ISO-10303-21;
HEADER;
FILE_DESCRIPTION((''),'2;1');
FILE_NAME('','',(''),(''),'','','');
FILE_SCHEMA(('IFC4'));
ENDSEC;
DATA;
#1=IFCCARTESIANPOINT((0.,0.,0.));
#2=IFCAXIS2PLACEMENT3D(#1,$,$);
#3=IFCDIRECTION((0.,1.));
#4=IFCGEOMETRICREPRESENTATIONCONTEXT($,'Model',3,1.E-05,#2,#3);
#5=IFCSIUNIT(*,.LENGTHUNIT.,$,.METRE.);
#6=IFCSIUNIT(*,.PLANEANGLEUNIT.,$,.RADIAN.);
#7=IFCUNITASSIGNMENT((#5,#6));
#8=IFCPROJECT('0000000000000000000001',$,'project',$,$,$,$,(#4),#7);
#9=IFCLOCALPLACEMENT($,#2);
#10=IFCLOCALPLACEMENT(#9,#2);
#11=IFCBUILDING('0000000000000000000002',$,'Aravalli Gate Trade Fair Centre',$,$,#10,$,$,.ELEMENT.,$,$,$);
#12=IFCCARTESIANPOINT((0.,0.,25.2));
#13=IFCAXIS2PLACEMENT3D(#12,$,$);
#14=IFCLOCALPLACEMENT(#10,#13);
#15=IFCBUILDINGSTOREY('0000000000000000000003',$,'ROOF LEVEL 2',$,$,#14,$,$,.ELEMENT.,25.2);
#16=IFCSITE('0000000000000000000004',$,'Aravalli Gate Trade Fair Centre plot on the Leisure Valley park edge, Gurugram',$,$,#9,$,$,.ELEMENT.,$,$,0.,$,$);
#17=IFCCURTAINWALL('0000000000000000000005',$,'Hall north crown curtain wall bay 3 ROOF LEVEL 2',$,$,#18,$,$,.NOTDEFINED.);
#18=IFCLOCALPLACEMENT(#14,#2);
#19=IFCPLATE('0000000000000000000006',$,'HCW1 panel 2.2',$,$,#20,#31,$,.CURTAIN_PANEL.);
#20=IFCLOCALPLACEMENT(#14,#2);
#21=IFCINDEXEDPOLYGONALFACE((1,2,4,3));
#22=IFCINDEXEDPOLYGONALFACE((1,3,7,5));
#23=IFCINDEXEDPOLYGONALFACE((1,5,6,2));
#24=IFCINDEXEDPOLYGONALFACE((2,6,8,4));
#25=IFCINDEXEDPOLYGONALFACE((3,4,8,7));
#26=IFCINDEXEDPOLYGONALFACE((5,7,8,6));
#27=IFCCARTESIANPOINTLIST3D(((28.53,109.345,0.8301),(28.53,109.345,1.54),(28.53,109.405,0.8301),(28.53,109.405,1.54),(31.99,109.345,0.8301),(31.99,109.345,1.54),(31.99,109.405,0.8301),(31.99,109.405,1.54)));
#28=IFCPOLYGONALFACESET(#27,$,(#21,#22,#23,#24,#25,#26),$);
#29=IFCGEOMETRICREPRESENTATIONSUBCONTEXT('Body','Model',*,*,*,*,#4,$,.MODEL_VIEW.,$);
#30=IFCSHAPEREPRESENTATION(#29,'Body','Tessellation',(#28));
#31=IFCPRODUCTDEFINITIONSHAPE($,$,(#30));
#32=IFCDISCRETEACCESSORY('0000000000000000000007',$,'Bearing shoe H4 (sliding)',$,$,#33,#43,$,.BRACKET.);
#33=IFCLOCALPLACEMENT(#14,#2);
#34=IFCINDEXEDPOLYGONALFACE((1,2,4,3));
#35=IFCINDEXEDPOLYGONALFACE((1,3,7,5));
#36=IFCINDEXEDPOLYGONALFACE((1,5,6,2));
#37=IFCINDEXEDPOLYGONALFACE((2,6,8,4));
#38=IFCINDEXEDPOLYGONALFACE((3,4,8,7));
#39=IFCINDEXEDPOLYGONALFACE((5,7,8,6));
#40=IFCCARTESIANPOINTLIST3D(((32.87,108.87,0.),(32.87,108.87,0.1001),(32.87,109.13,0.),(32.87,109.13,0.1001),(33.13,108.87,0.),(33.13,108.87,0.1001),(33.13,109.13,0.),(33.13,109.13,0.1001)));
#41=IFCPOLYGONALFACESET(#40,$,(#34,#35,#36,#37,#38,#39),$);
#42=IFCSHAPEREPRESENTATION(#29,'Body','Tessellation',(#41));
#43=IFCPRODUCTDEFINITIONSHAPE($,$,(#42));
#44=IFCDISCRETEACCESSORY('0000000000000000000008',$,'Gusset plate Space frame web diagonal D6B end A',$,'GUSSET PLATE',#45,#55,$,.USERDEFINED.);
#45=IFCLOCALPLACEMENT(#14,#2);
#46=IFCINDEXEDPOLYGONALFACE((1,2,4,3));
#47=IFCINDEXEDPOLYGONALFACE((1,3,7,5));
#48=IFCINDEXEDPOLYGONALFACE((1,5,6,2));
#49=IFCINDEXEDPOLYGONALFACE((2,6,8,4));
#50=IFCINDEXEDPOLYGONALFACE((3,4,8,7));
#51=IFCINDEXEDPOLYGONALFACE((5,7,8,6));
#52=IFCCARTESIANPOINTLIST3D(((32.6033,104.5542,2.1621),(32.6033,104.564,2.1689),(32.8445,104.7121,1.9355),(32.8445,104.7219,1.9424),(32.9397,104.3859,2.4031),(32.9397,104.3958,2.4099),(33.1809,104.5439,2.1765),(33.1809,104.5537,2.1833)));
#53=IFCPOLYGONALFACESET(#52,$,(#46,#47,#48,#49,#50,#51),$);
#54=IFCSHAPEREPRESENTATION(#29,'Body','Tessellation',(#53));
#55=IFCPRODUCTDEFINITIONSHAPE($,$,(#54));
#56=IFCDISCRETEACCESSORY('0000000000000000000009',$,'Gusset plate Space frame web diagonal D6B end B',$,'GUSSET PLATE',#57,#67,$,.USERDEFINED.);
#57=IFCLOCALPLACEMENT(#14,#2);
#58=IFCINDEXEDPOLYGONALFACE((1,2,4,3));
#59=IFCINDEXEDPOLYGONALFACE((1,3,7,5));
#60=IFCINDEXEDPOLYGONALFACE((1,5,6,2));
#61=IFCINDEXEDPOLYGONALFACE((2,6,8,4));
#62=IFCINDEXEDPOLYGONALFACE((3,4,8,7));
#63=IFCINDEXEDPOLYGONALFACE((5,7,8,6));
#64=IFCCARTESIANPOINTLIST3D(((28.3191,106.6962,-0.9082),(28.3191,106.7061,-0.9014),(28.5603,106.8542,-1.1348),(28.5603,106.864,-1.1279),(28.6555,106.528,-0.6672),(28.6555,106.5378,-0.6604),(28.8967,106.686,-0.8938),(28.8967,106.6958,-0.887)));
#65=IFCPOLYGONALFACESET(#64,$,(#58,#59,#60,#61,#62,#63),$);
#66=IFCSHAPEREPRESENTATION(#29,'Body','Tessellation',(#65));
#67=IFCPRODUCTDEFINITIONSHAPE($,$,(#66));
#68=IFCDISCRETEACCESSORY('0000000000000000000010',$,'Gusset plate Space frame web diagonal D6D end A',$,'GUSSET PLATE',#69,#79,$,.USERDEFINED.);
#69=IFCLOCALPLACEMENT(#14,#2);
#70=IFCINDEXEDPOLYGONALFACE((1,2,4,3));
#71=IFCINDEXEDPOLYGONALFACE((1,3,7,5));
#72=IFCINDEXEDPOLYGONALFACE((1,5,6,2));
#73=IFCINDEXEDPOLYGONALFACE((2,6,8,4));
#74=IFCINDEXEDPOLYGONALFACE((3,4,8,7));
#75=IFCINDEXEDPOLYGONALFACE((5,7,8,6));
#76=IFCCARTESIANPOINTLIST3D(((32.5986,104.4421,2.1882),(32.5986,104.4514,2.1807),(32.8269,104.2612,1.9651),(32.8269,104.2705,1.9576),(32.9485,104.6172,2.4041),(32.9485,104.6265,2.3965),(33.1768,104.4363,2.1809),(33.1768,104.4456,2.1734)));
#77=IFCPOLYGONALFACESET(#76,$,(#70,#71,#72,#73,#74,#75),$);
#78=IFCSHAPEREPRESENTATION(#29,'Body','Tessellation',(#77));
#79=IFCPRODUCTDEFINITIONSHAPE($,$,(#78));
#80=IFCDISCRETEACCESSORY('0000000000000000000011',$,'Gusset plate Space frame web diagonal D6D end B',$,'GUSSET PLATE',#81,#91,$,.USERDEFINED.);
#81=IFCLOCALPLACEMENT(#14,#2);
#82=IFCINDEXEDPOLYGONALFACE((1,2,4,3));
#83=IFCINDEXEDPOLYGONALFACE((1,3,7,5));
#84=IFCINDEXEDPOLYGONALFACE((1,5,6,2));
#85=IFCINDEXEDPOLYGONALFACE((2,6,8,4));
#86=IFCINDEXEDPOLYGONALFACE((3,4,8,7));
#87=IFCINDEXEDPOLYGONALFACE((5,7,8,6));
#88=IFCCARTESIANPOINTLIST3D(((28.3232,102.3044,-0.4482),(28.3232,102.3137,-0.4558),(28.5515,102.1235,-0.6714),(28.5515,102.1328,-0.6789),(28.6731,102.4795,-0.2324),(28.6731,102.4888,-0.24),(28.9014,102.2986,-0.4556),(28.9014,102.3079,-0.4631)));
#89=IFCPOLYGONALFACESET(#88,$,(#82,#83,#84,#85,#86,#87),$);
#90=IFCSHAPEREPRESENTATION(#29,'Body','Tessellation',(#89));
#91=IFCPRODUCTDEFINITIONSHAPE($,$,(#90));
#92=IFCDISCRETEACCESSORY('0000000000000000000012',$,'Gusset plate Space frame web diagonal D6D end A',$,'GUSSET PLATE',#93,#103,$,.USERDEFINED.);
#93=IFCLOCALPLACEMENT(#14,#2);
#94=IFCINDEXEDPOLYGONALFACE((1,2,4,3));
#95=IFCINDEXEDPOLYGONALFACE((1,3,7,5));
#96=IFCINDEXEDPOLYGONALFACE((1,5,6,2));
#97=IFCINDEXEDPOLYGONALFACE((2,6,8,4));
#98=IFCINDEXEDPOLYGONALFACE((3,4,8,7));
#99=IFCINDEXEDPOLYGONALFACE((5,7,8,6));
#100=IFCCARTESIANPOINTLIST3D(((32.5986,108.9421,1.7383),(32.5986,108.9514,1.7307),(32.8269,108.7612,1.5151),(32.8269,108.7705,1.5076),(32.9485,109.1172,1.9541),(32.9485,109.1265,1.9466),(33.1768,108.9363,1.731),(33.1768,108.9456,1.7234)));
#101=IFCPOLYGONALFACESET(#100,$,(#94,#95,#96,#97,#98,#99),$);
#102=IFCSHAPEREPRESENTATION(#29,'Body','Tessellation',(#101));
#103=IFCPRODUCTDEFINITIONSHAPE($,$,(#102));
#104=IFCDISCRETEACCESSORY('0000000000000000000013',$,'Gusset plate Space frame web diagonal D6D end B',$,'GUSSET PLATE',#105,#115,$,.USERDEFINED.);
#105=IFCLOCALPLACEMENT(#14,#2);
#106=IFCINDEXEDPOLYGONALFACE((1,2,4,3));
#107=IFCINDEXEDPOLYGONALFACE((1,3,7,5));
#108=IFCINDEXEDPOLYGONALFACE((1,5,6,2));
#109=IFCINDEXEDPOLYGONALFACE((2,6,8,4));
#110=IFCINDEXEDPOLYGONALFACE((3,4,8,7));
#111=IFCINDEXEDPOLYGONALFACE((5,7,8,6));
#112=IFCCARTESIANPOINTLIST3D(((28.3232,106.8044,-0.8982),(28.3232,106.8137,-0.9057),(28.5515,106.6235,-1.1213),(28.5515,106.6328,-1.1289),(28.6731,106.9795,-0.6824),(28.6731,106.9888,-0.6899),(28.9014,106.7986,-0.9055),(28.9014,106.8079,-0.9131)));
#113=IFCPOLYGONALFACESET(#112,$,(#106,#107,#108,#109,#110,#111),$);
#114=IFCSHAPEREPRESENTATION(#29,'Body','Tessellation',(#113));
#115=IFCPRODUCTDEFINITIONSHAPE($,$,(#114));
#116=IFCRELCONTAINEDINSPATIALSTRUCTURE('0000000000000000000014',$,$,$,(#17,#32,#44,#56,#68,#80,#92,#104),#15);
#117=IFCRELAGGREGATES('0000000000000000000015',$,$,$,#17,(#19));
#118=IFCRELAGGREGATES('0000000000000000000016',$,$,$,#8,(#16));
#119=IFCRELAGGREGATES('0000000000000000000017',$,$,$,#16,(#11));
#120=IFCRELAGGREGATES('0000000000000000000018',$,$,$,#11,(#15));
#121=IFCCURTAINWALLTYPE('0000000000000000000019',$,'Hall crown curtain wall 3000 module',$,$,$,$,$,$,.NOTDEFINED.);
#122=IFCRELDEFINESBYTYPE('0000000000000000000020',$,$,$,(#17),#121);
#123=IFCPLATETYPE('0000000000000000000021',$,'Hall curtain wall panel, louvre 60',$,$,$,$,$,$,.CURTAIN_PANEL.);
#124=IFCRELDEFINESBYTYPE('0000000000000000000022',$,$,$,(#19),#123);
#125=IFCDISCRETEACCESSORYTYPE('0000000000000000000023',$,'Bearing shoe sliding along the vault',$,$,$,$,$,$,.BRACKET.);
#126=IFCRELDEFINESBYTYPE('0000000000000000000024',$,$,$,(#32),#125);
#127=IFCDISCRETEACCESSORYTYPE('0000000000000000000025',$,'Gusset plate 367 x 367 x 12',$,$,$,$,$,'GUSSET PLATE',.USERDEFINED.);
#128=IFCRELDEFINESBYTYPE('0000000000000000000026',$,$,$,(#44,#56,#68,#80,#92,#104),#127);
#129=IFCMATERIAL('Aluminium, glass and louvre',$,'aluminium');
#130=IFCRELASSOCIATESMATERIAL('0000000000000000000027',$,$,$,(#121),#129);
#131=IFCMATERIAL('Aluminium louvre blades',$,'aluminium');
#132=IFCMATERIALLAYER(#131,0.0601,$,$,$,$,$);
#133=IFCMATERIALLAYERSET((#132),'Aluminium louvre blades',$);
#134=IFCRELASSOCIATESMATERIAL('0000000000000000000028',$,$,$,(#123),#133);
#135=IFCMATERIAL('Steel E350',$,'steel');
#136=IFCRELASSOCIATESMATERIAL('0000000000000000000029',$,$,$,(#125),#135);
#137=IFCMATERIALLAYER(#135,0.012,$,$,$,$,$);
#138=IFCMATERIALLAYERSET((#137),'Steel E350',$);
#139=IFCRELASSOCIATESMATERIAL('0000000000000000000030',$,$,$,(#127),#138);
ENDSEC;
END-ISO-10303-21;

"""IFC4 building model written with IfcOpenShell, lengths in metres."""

from ifc_helpers import new_model, si_unit, direction, frame, origin, origin_2d, place, context, subcontext, project, spatial, polyline, rectangle, outline, extrude, material, layer, layer_set, type_object, element, aggregate, save


model = new_model("IFC4")

# Units and contexts
model_context = context("Model", 3, precision=1e-05, world=origin(), true_north=direction((0.0, 1.0)))
body_context = subcontext(model_context, "Body", "Model", "MODEL_VIEW")
ifc_project = project(units=[si_unit("LENGTHUNIT", "METRE"), si_unit("PLANEANGLEUNIT", "RADIAN")], contexts=[model_context])

# Site, building, storey
site_placement = place(None, origin())
site = spatial("IfcSite", under=ifc_project, at=site_placement, Name="Aravalli Gate Trade Fair Centre plot on the Leisure Valley park edge, Gurugram", CompositionType="ELEMENT", RefElevation=0.0)
building_placement = place(site_placement, origin())
building = spatial("IfcBuilding", under=site, at=building_placement, Name="Aravalli Gate Trade Fair Centre", CompositionType="ELEMENT")
storey_placement = place(building_placement, frame((0.0, 0.0, 25.2)))
storey = spatial("IfcBuildingStorey", under=building, at=storey_placement, Name="ROOF LEVEL 2", CompositionType="ELEMENT", Elevation=25.2)

# Shared definitions
ifc_material_1 = material(Name="Steel E350", Category="steel")

# Curtain wall, plate
ifc_material_2 = material(Name="Aluminium, glass and louvre", Category="aluminium")
curtain_wall_type = type_object("IfcCurtainWallType", Name="Hall crown curtain wall 3000 module", PredefinedType="NOTDEFINED", material=ifc_material_2)
curtain_wall_placement = place(storey_placement, origin())
curtain_wall = element("IfcCurtainWall", 1, at=curtain_wall_placement, inside=storey, type_object=curtain_wall_type, Name="Hall north crown curtain wall bay 3 ROOF LEVEL 2", PredefinedType="NOTDEFINED")
ifc_material_3 = material(Name="Aluminium louvre blades", Category="aluminium")
ifc_layer_1 = layer(ifc_material_3, 0.0601)
ifc_layer_set_1 = layer_set([ifc_layer_1], Name="Aluminium louvre blades")
plate_type = type_object("IfcPlateType", Name="Hall curtain wall panel, louvre 60", PredefinedType="CURTAIN_PANEL", material=ifc_layer_set_1)
plate_1_placement = place(storey_placement, frame((30.26, 109.375, 0.8301), z_axis=(0.0, 0.0, 1.0), x_axis=(1.0, 0.0, 0.0)))
plate_1 = element("IfcPlate", 2, at=plate_1_placement, type_object=plate_type, Name="HCW1 panel 2.2", PredefinedType="CURTAIN_PANEL", context=body_context, shape_type="SweptSolid", body=[
    extrude(rectangle(XDim=3.46, YDim=0.0601, at=origin_2d()), origin(), (0.0, 0.0, 1.0), 0.71),
])
aggregate(curtain_wall, [plate_1])

# Discrete accessories
discrete_accessory_type_1 = type_object("IfcDiscreteAccessoryType", Name="Bearing shoe sliding along the vault", PredefinedType="BRACKET", material=ifc_material_1)
discrete_accessory_1_placement = place(storey_placement, frame((33.0, 109.0, 0.0), z_axis=(0.0, 0.0, 1.0), x_axis=(1.0, 0.0, 0.0)))
element("IfcDiscreteAccessory", 3, at=discrete_accessory_1_placement, inside=storey, type_object=discrete_accessory_type_1, Name="Bearing shoe H4 (sliding)", PredefinedType="BRACKET", context=body_context, shape_type="SweptSolid", body=[
    extrude(rectangle(XDim=0.26, YDim=0.26, at=origin_2d()), origin(), (0.0, 0.0, 1.0), 0.1001),
])
ifc_layer_2 = layer(ifc_material_1, 0.012)
ifc_layer_set_2 = layer_set([ifc_layer_2], Name="Steel E350")
discrete_accessory_type_2 = type_object("IfcDiscreteAccessoryType", Name="Gusset plate 367 x 367 x 12", ElementType="GUSSET PLATE", PredefinedType="USERDEFINED", material=ifc_layer_set_2)
discrete_accessory_2_placement = place(storey_placement, frame((32.6033, 104.564, 2.1689), z_axis=(0.000292, 0.820164, 0.572128), x_axis=(0.753132, -0.376566, 0.539435)))
element("IfcDiscreteAccessory", 4, at=discrete_accessory_2_placement, inside=storey, type_object=discrete_accessory_type_2, Name="Gusset plate Space frame web diagonal D6B end A", ObjectType="GUSSET PLATE", PredefinedType="USERDEFINED", context=body_context, shape_type="SweptSolid", body=[
    extrude(outline(polyline([(0.0, 0.0), (0.4467, 0.0), (0.4467, 0.3667), (0.0, 0.3667), (0.0, 0.0)])), origin(), (0.0, 0.0, -1.0), 0.012),
])
discrete_accessory_3_placement = place(storey_placement, frame((28.6555, 106.5378, -0.6604), z_axis=(0.000292, 0.820164, 0.572128), x_axis=(-0.753132, 0.376566, -0.539435)))
element("IfcDiscreteAccessory", 5, at=discrete_accessory_3_placement, inside=storey, type_object=discrete_accessory_type_2, Name="Gusset plate Space frame web diagonal D6B end B", ObjectType="GUSSET PLATE", PredefinedType="USERDEFINED", context=body_context, shape_type="SweptSolid", body=[
    extrude(outline(polyline([(0.0, 0.0), (0.4467, 0.0), (0.4467, -0.3667), (0.0, -0.3667), (0.0, 0.0)])), origin(), (0.0, 0.0, -1.0), 0.012),
])
discrete_accessory_4_placement = place(storey_placement, frame((32.5986, 104.4421, 2.1882), z_axis=(0.000107, -0.776736, 0.629826), x_axis=(0.783044, 0.391795, 0.48305)))
element("IfcDiscreteAccessory", 6, at=discrete_accessory_4_placement, inside=storey, type_object=discrete_accessory_type_2, Name="Gusset plate Space frame web diagonal D6D end A", ObjectType="GUSSET PLATE", PredefinedType="USERDEFINED", context=body_context, shape_type="SweptSolid", body=[
    extrude(outline(polyline([(0.0, 0.0), (0.4468, 0.0), (0.4469, -0.3669), (0.0001, -0.3669), (0.0, 0.0)])), origin(), (0.0, 0.0, -1.0), 0.012),
])
discrete_accessory_5_placement = place(storey_placement, frame((28.6731, 102.4795, -0.2324), z_axis=(0.000107, -0.776736, 0.629826), x_axis=(-0.783044, -0.391795, -0.48305)))
element("IfcDiscreteAccessory", 7, at=discrete_accessory_5_placement, inside=storey, type_object=discrete_accessory_type_2, Name="Gusset plate Space frame web diagonal D6D end B", ObjectType="GUSSET PLATE", PredefinedType="USERDEFINED", context=body_context, shape_type="SweptSolid", body=[
    extrude(outline(polyline([(0.0, 0.0), (0.4468, 0.0), (0.4467, 0.3669), (-0.0001, 0.3669), (0.0, 0.0)])), origin(), (0.0, 0.0, -1.0), 0.012),
])
discrete_accessory_6_placement = place(storey_placement, frame((32.5986, 108.9421, 1.7383), z_axis=(0.000107, -0.776736, 0.629826), x_axis=(0.783044, 0.391795, 0.48305)))
element("IfcDiscreteAccessory", 8, at=discrete_accessory_6_placement, inside=storey, type_object=discrete_accessory_type_2, Name="Gusset plate Space frame web diagonal D6D end A", ObjectType="GUSSET PLATE", PredefinedType="USERDEFINED", context=body_context, shape_type="SweptSolid", body=[
    extrude(outline(polyline([(0.0, 0.0), (0.4468, 0.0), (0.4469, -0.3669), (0.0001, -0.3669), (0.0, 0.0)])), origin(), (0.0, 0.0, -1.0), 0.012),
])
discrete_accessory_7_placement = place(storey_placement, frame((28.6731, 106.9795, -0.6824), z_axis=(0.000107, -0.776736, 0.629826), x_axis=(-0.783044, -0.391795, -0.48305)))
element("IfcDiscreteAccessory", 9, at=discrete_accessory_7_placement, inside=storey, type_object=discrete_accessory_type_2, Name="Gusset plate Space frame web diagonal D6D end B", ObjectType="GUSSET PLATE", PredefinedType="USERDEFINED", context=body_context, shape_type="SweptSolid", body=[
    extrude(outline(polyline([(0.0, 0.0), (0.4468, 0.0), (0.4467, 0.3669), (-0.0001, 0.3669), (0.0, 0.0)])), origin(), (0.0, 0.0, -1.0), 0.012),
])

save(model, "model.ifc")
